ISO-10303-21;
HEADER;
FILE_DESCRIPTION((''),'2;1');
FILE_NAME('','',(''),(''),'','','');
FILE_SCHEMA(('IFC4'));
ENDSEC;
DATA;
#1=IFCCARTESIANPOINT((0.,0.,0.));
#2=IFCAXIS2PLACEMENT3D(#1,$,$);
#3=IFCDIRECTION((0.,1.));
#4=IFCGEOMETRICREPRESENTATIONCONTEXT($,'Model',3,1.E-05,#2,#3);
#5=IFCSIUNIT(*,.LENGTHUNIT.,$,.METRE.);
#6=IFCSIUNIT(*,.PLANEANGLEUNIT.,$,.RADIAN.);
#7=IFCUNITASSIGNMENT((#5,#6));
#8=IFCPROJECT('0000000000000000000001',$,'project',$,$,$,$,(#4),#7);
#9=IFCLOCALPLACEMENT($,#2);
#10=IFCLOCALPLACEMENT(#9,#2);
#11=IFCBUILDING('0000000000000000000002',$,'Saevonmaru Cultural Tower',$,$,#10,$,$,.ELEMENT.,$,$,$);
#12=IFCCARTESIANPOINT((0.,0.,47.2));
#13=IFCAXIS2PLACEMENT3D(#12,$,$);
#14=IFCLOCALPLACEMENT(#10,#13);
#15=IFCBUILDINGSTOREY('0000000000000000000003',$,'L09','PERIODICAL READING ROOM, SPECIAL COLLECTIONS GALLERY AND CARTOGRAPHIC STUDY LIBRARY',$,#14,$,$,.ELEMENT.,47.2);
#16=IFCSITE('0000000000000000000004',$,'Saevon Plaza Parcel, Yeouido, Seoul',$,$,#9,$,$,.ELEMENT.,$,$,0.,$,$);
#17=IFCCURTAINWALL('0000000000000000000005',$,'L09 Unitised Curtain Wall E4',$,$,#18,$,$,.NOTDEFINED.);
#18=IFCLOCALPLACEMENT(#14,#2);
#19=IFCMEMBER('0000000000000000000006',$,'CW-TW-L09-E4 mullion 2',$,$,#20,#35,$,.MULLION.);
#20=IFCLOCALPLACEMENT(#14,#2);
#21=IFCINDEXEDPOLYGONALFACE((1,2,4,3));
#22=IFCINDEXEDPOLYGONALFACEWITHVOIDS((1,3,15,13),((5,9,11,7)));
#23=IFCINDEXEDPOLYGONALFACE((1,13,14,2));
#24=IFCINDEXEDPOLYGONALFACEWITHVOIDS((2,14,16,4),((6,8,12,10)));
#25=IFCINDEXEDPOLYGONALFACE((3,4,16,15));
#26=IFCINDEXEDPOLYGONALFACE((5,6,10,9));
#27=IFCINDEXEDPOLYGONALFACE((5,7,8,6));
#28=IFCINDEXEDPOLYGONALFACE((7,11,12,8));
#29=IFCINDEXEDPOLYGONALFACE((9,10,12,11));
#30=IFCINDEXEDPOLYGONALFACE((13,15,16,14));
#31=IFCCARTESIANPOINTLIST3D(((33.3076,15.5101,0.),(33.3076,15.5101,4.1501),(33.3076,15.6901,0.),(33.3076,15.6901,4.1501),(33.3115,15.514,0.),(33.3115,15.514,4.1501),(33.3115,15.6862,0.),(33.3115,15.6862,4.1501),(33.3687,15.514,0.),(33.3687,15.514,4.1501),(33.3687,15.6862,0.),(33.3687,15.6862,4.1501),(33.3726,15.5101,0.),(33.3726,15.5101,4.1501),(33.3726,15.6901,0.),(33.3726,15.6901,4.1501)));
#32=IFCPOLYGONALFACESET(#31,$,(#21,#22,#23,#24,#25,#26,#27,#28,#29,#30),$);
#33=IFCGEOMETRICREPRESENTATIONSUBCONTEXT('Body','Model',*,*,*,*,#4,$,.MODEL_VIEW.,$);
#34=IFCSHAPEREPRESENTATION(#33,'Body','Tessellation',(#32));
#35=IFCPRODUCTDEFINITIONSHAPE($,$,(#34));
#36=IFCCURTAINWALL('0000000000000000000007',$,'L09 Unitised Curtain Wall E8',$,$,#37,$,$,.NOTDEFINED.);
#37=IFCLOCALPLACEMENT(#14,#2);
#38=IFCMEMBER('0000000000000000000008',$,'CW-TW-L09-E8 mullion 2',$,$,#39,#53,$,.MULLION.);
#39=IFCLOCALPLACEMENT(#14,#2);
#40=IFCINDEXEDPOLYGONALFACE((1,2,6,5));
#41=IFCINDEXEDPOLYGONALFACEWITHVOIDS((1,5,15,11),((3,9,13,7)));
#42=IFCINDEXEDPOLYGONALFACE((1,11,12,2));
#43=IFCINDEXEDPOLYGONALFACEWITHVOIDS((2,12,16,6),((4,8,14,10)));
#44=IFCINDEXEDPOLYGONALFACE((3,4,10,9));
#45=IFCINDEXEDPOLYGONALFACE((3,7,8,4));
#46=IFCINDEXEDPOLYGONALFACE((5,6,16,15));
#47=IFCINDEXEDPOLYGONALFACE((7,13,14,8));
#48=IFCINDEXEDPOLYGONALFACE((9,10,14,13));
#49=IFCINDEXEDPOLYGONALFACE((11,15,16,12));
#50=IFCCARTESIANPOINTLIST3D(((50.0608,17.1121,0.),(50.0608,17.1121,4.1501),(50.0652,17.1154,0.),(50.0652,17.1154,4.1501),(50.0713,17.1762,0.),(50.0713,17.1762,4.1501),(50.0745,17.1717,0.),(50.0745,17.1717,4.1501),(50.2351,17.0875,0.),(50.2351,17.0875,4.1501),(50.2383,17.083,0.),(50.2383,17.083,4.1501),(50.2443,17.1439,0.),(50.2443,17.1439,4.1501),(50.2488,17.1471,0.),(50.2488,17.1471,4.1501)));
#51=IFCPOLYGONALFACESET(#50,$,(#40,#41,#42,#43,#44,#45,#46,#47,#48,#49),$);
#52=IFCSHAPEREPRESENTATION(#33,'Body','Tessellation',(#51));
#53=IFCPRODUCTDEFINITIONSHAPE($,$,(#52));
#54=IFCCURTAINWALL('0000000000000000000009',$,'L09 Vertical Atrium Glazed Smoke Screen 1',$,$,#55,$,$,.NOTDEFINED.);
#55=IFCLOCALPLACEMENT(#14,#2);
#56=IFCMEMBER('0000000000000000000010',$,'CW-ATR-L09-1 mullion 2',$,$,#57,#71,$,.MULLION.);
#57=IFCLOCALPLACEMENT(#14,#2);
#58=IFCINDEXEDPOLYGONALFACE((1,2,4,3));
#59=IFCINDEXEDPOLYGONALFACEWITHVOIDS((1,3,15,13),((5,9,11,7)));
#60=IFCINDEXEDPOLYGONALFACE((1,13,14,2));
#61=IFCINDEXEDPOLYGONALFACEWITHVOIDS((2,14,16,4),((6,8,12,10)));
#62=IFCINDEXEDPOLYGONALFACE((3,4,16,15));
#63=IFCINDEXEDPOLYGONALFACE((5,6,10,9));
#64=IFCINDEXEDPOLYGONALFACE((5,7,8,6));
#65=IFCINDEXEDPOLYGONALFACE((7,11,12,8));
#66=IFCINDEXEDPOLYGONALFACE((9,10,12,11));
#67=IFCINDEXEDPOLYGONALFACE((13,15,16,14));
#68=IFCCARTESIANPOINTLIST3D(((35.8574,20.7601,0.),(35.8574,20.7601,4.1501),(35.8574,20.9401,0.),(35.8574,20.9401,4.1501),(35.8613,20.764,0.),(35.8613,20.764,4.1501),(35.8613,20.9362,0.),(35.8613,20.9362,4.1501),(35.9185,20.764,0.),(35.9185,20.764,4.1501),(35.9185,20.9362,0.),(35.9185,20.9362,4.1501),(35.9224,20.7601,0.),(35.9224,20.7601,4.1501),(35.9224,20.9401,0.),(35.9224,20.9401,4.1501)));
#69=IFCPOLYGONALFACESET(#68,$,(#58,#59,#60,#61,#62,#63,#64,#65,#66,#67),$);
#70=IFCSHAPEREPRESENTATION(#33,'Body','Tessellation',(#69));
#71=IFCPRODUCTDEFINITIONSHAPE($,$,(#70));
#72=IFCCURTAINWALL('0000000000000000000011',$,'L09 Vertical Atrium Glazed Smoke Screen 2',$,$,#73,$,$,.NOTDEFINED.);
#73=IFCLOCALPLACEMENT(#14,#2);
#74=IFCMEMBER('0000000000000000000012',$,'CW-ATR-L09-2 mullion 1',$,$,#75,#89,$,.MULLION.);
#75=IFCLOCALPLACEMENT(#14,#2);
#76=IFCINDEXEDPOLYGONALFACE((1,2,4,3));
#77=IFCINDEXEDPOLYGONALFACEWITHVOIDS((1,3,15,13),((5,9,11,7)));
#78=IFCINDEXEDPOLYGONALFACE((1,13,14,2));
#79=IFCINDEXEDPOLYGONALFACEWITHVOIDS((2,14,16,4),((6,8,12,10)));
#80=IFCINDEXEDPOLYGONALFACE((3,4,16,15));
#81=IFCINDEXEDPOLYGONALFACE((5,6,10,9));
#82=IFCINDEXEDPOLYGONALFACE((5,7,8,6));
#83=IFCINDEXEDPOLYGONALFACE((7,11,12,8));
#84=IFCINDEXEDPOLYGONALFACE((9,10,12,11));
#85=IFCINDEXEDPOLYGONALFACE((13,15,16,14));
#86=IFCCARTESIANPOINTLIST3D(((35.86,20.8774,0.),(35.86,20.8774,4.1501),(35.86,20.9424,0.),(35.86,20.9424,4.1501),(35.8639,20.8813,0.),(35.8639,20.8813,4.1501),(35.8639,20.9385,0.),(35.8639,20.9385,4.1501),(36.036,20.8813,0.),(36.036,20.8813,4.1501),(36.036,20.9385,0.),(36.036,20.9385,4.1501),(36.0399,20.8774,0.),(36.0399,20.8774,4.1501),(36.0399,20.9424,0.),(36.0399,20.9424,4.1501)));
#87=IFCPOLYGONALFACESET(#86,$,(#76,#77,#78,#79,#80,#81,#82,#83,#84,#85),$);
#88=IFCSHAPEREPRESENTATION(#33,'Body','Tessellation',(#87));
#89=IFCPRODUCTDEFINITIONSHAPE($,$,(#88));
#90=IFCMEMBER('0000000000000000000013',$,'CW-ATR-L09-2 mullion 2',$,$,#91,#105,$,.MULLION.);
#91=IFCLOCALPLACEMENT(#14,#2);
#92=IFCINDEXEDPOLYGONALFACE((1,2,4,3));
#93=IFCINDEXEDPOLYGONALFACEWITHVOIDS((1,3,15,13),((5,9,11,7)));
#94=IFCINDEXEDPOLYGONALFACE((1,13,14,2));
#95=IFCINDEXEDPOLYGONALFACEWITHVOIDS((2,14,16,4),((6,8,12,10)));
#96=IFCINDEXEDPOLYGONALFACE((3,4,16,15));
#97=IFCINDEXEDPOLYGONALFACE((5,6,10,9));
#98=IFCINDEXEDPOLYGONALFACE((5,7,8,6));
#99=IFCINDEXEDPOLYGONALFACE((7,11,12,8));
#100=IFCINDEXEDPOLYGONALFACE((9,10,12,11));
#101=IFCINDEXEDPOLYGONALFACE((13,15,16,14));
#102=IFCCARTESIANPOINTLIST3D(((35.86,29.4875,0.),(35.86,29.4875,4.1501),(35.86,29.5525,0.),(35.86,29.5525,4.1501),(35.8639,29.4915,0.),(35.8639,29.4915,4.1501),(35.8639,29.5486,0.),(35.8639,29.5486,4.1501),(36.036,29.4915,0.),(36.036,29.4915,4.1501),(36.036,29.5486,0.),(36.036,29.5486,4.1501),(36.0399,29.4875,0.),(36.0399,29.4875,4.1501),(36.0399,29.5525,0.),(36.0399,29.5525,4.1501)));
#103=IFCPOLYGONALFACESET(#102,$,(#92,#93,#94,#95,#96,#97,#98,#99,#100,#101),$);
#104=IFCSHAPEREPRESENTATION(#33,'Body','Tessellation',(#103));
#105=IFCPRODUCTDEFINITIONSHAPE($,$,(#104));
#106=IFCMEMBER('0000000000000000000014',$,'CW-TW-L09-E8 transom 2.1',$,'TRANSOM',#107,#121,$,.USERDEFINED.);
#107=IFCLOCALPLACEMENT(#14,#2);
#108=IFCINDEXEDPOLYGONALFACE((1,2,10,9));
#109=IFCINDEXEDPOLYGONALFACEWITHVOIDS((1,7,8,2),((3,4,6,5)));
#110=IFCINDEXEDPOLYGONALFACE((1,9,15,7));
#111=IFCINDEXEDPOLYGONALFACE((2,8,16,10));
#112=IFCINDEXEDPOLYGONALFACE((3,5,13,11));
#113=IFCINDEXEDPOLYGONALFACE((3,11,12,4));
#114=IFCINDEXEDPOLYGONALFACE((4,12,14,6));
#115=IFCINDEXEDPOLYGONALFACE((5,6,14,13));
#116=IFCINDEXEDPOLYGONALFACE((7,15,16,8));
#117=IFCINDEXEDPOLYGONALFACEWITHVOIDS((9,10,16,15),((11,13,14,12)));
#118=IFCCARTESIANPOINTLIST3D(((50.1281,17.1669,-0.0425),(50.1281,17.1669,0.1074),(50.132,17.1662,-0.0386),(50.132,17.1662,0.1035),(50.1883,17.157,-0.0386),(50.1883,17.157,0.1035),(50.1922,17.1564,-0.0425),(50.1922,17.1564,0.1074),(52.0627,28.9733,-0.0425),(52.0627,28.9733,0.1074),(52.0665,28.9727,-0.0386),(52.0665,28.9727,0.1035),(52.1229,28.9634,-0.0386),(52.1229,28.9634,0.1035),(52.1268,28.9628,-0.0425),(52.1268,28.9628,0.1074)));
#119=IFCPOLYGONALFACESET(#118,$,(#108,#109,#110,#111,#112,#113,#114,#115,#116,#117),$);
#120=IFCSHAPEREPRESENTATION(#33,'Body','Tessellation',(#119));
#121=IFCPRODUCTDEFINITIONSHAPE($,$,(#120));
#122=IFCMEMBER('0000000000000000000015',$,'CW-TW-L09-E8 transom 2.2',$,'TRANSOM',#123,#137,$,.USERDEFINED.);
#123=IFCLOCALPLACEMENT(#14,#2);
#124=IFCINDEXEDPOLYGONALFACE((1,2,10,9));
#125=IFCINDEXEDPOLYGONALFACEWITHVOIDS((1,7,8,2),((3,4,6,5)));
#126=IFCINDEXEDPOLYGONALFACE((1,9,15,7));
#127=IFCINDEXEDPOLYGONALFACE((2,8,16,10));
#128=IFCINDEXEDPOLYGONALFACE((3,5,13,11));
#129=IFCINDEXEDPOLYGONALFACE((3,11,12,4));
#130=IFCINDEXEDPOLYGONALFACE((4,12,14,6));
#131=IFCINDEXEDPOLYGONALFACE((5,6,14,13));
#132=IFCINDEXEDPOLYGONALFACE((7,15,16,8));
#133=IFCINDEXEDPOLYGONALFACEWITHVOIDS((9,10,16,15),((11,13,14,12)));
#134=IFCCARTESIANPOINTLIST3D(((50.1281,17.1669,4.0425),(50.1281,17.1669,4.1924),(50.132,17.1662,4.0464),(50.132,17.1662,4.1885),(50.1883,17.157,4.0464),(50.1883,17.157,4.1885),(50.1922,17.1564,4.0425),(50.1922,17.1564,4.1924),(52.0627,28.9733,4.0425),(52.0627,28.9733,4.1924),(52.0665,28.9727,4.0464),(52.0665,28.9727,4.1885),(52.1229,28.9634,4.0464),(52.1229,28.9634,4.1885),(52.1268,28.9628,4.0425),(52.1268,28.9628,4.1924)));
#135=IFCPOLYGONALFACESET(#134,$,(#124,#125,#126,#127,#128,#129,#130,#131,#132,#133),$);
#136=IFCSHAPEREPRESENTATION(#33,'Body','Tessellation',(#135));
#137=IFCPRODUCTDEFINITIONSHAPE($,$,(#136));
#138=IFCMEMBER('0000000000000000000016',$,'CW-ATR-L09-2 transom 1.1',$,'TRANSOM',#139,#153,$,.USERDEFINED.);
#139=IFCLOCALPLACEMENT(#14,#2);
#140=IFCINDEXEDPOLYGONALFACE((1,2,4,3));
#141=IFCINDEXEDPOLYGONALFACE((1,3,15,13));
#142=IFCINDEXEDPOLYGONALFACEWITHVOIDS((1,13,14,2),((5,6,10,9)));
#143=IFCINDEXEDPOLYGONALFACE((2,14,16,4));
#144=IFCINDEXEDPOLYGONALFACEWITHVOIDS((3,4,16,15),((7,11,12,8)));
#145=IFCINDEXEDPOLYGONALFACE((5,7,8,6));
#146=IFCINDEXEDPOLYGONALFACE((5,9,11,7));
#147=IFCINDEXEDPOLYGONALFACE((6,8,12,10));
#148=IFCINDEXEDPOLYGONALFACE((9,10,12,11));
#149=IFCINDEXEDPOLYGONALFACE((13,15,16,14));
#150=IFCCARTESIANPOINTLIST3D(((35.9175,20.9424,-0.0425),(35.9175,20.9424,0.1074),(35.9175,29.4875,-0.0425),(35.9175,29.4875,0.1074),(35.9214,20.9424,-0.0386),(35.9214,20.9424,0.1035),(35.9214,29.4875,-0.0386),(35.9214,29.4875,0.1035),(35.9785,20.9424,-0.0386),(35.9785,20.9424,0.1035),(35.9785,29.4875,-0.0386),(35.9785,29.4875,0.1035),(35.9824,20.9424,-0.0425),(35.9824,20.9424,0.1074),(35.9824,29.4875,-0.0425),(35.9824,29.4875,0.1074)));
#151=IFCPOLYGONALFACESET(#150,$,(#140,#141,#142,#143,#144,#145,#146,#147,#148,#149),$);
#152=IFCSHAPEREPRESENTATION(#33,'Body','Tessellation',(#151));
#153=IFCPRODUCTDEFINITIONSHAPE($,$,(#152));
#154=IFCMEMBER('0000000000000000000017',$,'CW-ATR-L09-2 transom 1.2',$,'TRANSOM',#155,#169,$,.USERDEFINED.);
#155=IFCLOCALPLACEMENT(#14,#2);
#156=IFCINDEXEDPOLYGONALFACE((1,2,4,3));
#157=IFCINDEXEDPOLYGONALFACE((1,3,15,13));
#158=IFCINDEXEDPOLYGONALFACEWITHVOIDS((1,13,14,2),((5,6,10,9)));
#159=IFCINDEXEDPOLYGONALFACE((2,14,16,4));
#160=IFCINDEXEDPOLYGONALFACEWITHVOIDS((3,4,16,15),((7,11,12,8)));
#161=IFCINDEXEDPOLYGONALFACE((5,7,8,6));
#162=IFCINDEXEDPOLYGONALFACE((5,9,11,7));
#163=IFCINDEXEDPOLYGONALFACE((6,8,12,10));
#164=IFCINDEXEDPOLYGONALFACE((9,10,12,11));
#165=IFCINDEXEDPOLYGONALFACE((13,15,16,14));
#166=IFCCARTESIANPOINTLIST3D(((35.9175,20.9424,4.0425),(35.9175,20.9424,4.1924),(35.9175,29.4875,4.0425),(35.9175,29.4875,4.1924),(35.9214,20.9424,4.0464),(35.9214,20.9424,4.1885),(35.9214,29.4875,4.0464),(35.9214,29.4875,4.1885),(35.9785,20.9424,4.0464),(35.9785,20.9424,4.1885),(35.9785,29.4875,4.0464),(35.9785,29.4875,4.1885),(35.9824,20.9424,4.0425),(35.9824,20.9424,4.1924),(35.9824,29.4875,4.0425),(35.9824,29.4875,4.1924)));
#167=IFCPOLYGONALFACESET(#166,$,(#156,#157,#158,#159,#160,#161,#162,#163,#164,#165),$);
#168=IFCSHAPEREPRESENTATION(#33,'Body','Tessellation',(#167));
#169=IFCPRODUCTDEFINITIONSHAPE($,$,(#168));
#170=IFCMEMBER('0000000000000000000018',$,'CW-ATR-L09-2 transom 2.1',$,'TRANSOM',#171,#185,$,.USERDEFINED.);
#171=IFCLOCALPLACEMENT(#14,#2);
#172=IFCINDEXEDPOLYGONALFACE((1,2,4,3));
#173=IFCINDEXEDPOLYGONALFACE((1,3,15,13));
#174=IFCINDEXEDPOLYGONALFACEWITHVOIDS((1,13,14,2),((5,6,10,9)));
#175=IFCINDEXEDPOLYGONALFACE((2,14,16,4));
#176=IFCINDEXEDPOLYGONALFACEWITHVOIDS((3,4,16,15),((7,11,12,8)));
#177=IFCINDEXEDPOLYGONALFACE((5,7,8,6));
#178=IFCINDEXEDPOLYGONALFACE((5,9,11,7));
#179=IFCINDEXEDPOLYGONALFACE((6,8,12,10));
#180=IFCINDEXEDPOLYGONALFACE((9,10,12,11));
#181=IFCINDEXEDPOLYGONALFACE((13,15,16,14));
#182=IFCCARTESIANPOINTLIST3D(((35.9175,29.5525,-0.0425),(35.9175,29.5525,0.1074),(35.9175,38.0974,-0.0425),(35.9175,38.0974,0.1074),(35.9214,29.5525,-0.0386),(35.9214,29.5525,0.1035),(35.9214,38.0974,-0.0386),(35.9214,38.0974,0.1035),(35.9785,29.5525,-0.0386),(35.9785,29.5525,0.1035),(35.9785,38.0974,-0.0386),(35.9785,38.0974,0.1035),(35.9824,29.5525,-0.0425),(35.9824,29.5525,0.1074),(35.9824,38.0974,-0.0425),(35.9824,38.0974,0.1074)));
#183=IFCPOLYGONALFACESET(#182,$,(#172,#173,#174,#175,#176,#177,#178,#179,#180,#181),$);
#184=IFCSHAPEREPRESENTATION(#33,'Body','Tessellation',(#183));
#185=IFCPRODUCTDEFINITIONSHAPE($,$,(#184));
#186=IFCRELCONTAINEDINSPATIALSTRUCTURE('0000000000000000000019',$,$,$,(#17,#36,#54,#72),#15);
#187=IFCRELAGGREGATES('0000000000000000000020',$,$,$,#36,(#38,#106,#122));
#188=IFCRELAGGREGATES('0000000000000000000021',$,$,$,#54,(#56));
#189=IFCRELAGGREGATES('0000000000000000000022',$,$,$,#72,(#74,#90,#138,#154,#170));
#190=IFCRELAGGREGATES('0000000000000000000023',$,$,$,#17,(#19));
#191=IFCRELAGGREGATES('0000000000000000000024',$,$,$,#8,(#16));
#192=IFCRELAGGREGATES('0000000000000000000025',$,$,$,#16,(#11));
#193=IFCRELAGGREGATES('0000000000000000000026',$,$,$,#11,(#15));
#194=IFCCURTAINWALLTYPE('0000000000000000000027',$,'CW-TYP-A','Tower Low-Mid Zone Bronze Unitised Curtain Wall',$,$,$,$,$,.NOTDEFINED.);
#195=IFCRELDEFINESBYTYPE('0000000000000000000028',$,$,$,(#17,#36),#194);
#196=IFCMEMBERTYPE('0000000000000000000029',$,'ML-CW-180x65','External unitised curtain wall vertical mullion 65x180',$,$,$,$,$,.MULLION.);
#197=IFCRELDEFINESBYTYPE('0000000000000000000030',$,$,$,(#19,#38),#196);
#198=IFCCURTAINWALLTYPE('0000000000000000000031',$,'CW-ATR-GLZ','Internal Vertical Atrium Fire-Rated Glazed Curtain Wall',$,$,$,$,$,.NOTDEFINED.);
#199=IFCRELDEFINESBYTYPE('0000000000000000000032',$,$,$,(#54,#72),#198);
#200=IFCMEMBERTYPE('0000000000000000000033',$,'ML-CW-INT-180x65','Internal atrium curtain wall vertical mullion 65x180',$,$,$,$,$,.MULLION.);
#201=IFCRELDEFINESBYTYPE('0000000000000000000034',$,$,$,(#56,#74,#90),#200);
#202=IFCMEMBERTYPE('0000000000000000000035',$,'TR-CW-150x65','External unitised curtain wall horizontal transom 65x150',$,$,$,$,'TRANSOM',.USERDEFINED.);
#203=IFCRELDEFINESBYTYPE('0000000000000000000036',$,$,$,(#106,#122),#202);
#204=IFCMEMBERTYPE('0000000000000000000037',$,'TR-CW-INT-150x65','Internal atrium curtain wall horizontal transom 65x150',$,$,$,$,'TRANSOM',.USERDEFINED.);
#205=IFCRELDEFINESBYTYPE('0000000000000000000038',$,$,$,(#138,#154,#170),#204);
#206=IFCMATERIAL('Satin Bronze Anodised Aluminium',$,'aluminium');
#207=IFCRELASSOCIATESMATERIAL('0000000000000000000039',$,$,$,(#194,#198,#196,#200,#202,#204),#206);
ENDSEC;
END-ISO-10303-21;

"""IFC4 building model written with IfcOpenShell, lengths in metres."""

from ifc_helpers import new_model, si_unit, direction, frame, origin, origin_2d, place, context, subcontext, project, spatial, hollow_rectangle, extrude, material, material_profile, profile_set, type_object, element, aggregate, save


model = new_model("IFC4")

# Units and contexts
model_context = context("Model", 3, precision=1e-05, world=origin(), true_north=direction((0.0, 1.0)))
body_context = subcontext(model_context, "Body", "Model", "MODEL_VIEW")
ifc_project = project(units=[si_unit("LENGTHUNIT", "METRE"), si_unit("PLANEANGLEUNIT", "RADIAN")], contexts=[model_context])

# Site, building, storey
site_placement = place(None, origin())
site = spatial("IfcSite", under=ifc_project, at=site_placement, Name="Saevon Plaza Parcel, Yeouido, Seoul", CompositionType="ELEMENT", RefElevation=0.0)
building_placement = place(site_placement, origin())
building = spatial("IfcBuilding", under=site, at=building_placement, Name="Saevonmaru Cultural Tower", CompositionType="ELEMENT")
storey_placement = place(building_placement, frame((0.0, 0.0, 47.2)))
storey = spatial("IfcBuildingStorey", under=building, at=storey_placement, Name="L09", Description="PERIODICAL READING ROOM, SPECIAL COLLECTIONS GALLERY AND CARTOGRAPHIC STUDY LIBRARY", CompositionType="ELEMENT", Elevation=47.2)

# Curtain walls, members
ifc_material_1 = material(Name="Satin Bronze Anodised Aluminium", Category="aluminium")
curtain_wall_type_1 = type_object("IfcCurtainWallType", Name="CW-TYP-A", Description="Tower Low-Mid Zone Bronze Unitised Curtain Wall", PredefinedType="NOTDEFINED", material=ifc_material_1)
curtain_wall_1_placement = place(storey_placement, origin())
curtain_wall_1 = element("IfcCurtainWall", 1, at=curtain_wall_1_placement, inside=storey, type_object=curtain_wall_type_1, Name="L09 Unitised Curtain Wall E4", PredefinedType="NOTDEFINED")
ifc_material_profile_1 = material_profile(ifc_material_1, hollow_rectangle(XDim=0.0649, YDim=0.1799, WallThickness=0.0039, at=origin_2d()), Name="ALU-MULL-180x65x4")
ifc_profile_set_1 = profile_set([ifc_material_profile_1], Name="Satin Bronze Anodised Aluminium")
member_type_1 = type_object("IfcMemberType", Name="ML-CW-180x65", Description="External unitised curtain wall vertical mullion 65x180", PredefinedType="MULLION", material=ifc_profile_set_1)
member_1_placement = place(storey_placement, frame((33.3401, 15.6001, 0.0), z_axis=(0.0, 0.0, 1.0), x_axis=(1.0, 0.0, 0.0)))
member_1 = element("IfcMember", 2, at=member_1_placement, type_object=member_type_1, Name="CW-TW-L09-E4 mullion 2", PredefinedType="MULLION", context=body_context, shape_type="SweptSolid", body=[
    extrude(hollow_rectangle(XDim=0.0649, YDim=0.1799, WallThickness=0.0039, at=origin_2d()), origin(), (0.0, 0.0, 1.0), 4.1501),
])
curtain_wall_2_placement = place(storey_placement, origin())
curtain_wall_2 = element("IfcCurtainWall", 3, at=curtain_wall_2_placement, inside=storey, type_object=curtain_wall_type_1, Name="L09 Unitised Curtain Wall E8", PredefinedType="NOTDEFINED")
member_2_placement = place(storey_placement, frame((50.1548, 17.1296, 0.0), z_axis=(0.0, 0.0, 1.0), x_axis=(0.161709, 0.986839, 0.0)))
member_2 = element("IfcMember", 4, at=member_2_placement, type_object=member_type_1, Name="CW-TW-L09-E8 mullion 2", PredefinedType="MULLION", context=body_context, shape_type="SweptSolid", body=[
    extrude(hollow_rectangle(XDim=0.0649, YDim=0.1799, WallThickness=0.0039, at=origin_2d()), origin(), (0.0, 0.0, 1.0), 4.1501),
])
curtain_wall_type_2 = type_object("IfcCurtainWallType", Name="CW-ATR-GLZ", Description="Internal Vertical Atrium Fire-Rated Glazed Curtain Wall", PredefinedType="NOTDEFINED", material=ifc_material_1)
curtain_wall_3_placement = place(storey_placement, origin())
curtain_wall_3 = element("IfcCurtainWall", 5, at=curtain_wall_3_placement, inside=storey, type_object=curtain_wall_type_2, Name="L09 Vertical Atrium Glazed Smoke Screen 1", PredefinedType="NOTDEFINED")
ifc_material_profile_2 = material_profile(ifc_material_1, hollow_rectangle(XDim=0.0649, YDim=0.1799, WallThickness=0.0039, at=origin_2d()), Name="ALU-MULL-180x65x4")
ifc_profile_set_2 = profile_set([ifc_material_profile_2], Name="Satin Bronze Anodised Aluminium")
member_type_2 = type_object("IfcMemberType", Name="ML-CW-INT-180x65", Description="Internal atrium curtain wall vertical mullion 65x180", PredefinedType="MULLION", material=ifc_profile_set_2)
member_3_placement = place(storey_placement, frame((35.8899, 20.8501, 0.0), z_axis=(0.0, 0.0, 1.0), x_axis=(1.0, 0.0, 0.0)))
member_3 = element("IfcMember", 6, at=member_3_placement, type_object=member_type_2, Name="CW-ATR-L09-1 mullion 2", PredefinedType="MULLION", context=body_context, shape_type="SweptSolid", body=[
    extrude(hollow_rectangle(XDim=0.0649, YDim=0.1799, WallThickness=0.0039, at=origin_2d()), origin(), (0.0, 0.0, 1.0), 4.1501),
])

# Curtain wall, members
curtain_wall_4_placement = place(storey_placement, origin())
curtain_wall_4 = element("IfcCurtainWall", 7, at=curtain_wall_4_placement, inside=storey, type_object=curtain_wall_type_2, Name="L09 Vertical Atrium Glazed Smoke Screen 2", PredefinedType="NOTDEFINED")
member_4_placement = place(storey_placement, frame((35.95, 20.9099, 0.0), z_axis=(0.0, 0.0, 1.0), x_axis=(0.0, 1.0, 0.0)))
member_4 = element("IfcMember", 8, at=member_4_placement, type_object=member_type_2, Name="CW-ATR-L09-2 mullion 1", PredefinedType="MULLION", context=body_context, shape_type="SweptSolid", body=[
    extrude(hollow_rectangle(XDim=0.0649, YDim=0.1799, WallThickness=0.0039, at=origin_2d()), origin(), (0.0, 0.0, 1.0), 4.1501),
])
member_5_placement = place(storey_placement, frame((35.95, 29.52, 0.0), z_axis=(0.0, 0.0, 1.0), x_axis=(0.0, 1.0, 0.0)))
member_5 = element("IfcMember", 9, at=member_5_placement, type_object=member_type_2, Name="CW-ATR-L09-2 mullion 2", PredefinedType="MULLION", context=body_context, shape_type="SweptSolid", body=[
    extrude(hollow_rectangle(XDim=0.0649, YDim=0.1799, WallThickness=0.0039, at=origin_2d()), origin(), (0.0, 0.0, 1.0), 4.1501),
])

# Members
ifc_material_profile_3 = material_profile(ifc_material_1, hollow_rectangle(XDim=0.0649, YDim=0.1499, WallThickness=0.0039, at=origin_2d()), Name="ALU-TRAN-150x65x4")
ifc_profile_set_3 = profile_set([ifc_material_profile_3], Name="Satin Bronze Anodised Aluminium")
member_type_3 = type_object("IfcMemberType", Name="TR-CW-150x65", Description="External unitised curtain wall horizontal transom 65x150", ElementType="TRANSOM", PredefinedType="USERDEFINED", material=ifc_profile_set_3)
member_6_placement = place(storey_placement, frame((50.1602, 17.1616, 0.0325), z_axis=(0.161701, 0.98684, 0.0), x_axis=(-0.98684, 0.161701, 0.0)))
member_6 = element("IfcMember", 10, at=member_6_placement, type_object=member_type_3, Name="CW-TW-L09-E8 transom 2.1", ObjectType="TRANSOM", PredefinedType="USERDEFINED", context=body_context, shape_type="SweptSolid", body=[
    extrude(hollow_rectangle(XDim=0.0649, YDim=0.1499, WallThickness=0.0039, at=origin_2d()), origin(), (0.0, 0.0, 1.0), 11.9639),
])
member_7_placement = place(storey_placement, frame((50.1602, 17.1616, 4.1174), z_axis=(0.161701, 0.98684, 0.0), x_axis=(-0.98684, 0.161701, 0.0)))
member_7 = element("IfcMember", 11, at=member_7_placement, type_object=member_type_3, Name="CW-TW-L09-E8 transom 2.2", ObjectType="TRANSOM", PredefinedType="USERDEFINED", context=body_context, shape_type="SweptSolid", body=[
    extrude(hollow_rectangle(XDim=0.0649, YDim=0.1499, WallThickness=0.0039, at=origin_2d()), origin(), (0.0, 0.0, 1.0), 11.9639),
])
aggregate(curtain_wall_2, [member_2, member_6, member_7])
ifc_material_profile_4 = material_profile(ifc_material_1, hollow_rectangle(XDim=0.0649, YDim=0.1499, WallThickness=0.0039, at=origin_2d()), Name="ALU-TRAN-150x65x4")
ifc_profile_set_4 = profile_set([ifc_material_profile_4], Name="Satin Bronze Anodised Aluminium")
member_type_4 = type_object("IfcMemberType", Name="TR-CW-INT-150x65", Description="Internal atrium curtain wall horizontal transom 65x150", ElementType="TRANSOM", PredefinedType="USERDEFINED", material=ifc_profile_set_4)
member_8_placement = place(storey_placement, frame((35.95, 20.9424, 0.0325), z_axis=(0.0, 1.0, 0.0), x_axis=(-1.0, 0.0, 0.0)))
member_8 = element("IfcMember", 12, at=member_8_placement, type_object=member_type_4, Name="CW-ATR-L09-2 transom 1.1", ObjectType="TRANSOM", PredefinedType="USERDEFINED", context=body_context, shape_type="SweptSolid", body=[
    extrude(hollow_rectangle(XDim=0.0649, YDim=0.1499, WallThickness=0.0039, at=origin_2d()), origin(), (0.0, 0.0, 1.0), 8.5452),
])
member_9_placement = place(storey_placement, frame((35.95, 20.9424, 4.1174), z_axis=(0.0, 1.0, 0.0), x_axis=(-1.0, 0.0, 0.0)))
member_9 = element("IfcMember", 13, at=member_9_placement, type_object=member_type_4, Name="CW-ATR-L09-2 transom 1.2", ObjectType="TRANSOM", PredefinedType="USERDEFINED", context=body_context, shape_type="SweptSolid", body=[
    extrude(hollow_rectangle(XDim=0.0649, YDim=0.1499, WallThickness=0.0039, at=origin_2d()), origin(), (0.0, 0.0, 1.0), 8.5452),
])
member_10_placement = place(storey_placement, frame((35.95, 29.5525, 0.0325), z_axis=(0.0, 1.0, 0.0), x_axis=(-1.0, 0.0, 0.0)))
member_10 = element("IfcMember", 14, at=member_10_placement, type_object=member_type_4, Name="CW-ATR-L09-2 transom 2.1", ObjectType="TRANSOM", PredefinedType="USERDEFINED", context=body_context, shape_type="SweptSolid", body=[
    extrude(hollow_rectangle(XDim=0.0649, YDim=0.1499, WallThickness=0.0039, at=origin_2d()), origin(), (0.0, 0.0, 1.0), 8.5449),
])

aggregate(curtain_wall_3, [member_3])
aggregate(curtain_wall_4, [member_4, member_5, member_8, member_9, member_10])
aggregate(curtain_wall_1, [member_1])

save(model, "model.ifc")
